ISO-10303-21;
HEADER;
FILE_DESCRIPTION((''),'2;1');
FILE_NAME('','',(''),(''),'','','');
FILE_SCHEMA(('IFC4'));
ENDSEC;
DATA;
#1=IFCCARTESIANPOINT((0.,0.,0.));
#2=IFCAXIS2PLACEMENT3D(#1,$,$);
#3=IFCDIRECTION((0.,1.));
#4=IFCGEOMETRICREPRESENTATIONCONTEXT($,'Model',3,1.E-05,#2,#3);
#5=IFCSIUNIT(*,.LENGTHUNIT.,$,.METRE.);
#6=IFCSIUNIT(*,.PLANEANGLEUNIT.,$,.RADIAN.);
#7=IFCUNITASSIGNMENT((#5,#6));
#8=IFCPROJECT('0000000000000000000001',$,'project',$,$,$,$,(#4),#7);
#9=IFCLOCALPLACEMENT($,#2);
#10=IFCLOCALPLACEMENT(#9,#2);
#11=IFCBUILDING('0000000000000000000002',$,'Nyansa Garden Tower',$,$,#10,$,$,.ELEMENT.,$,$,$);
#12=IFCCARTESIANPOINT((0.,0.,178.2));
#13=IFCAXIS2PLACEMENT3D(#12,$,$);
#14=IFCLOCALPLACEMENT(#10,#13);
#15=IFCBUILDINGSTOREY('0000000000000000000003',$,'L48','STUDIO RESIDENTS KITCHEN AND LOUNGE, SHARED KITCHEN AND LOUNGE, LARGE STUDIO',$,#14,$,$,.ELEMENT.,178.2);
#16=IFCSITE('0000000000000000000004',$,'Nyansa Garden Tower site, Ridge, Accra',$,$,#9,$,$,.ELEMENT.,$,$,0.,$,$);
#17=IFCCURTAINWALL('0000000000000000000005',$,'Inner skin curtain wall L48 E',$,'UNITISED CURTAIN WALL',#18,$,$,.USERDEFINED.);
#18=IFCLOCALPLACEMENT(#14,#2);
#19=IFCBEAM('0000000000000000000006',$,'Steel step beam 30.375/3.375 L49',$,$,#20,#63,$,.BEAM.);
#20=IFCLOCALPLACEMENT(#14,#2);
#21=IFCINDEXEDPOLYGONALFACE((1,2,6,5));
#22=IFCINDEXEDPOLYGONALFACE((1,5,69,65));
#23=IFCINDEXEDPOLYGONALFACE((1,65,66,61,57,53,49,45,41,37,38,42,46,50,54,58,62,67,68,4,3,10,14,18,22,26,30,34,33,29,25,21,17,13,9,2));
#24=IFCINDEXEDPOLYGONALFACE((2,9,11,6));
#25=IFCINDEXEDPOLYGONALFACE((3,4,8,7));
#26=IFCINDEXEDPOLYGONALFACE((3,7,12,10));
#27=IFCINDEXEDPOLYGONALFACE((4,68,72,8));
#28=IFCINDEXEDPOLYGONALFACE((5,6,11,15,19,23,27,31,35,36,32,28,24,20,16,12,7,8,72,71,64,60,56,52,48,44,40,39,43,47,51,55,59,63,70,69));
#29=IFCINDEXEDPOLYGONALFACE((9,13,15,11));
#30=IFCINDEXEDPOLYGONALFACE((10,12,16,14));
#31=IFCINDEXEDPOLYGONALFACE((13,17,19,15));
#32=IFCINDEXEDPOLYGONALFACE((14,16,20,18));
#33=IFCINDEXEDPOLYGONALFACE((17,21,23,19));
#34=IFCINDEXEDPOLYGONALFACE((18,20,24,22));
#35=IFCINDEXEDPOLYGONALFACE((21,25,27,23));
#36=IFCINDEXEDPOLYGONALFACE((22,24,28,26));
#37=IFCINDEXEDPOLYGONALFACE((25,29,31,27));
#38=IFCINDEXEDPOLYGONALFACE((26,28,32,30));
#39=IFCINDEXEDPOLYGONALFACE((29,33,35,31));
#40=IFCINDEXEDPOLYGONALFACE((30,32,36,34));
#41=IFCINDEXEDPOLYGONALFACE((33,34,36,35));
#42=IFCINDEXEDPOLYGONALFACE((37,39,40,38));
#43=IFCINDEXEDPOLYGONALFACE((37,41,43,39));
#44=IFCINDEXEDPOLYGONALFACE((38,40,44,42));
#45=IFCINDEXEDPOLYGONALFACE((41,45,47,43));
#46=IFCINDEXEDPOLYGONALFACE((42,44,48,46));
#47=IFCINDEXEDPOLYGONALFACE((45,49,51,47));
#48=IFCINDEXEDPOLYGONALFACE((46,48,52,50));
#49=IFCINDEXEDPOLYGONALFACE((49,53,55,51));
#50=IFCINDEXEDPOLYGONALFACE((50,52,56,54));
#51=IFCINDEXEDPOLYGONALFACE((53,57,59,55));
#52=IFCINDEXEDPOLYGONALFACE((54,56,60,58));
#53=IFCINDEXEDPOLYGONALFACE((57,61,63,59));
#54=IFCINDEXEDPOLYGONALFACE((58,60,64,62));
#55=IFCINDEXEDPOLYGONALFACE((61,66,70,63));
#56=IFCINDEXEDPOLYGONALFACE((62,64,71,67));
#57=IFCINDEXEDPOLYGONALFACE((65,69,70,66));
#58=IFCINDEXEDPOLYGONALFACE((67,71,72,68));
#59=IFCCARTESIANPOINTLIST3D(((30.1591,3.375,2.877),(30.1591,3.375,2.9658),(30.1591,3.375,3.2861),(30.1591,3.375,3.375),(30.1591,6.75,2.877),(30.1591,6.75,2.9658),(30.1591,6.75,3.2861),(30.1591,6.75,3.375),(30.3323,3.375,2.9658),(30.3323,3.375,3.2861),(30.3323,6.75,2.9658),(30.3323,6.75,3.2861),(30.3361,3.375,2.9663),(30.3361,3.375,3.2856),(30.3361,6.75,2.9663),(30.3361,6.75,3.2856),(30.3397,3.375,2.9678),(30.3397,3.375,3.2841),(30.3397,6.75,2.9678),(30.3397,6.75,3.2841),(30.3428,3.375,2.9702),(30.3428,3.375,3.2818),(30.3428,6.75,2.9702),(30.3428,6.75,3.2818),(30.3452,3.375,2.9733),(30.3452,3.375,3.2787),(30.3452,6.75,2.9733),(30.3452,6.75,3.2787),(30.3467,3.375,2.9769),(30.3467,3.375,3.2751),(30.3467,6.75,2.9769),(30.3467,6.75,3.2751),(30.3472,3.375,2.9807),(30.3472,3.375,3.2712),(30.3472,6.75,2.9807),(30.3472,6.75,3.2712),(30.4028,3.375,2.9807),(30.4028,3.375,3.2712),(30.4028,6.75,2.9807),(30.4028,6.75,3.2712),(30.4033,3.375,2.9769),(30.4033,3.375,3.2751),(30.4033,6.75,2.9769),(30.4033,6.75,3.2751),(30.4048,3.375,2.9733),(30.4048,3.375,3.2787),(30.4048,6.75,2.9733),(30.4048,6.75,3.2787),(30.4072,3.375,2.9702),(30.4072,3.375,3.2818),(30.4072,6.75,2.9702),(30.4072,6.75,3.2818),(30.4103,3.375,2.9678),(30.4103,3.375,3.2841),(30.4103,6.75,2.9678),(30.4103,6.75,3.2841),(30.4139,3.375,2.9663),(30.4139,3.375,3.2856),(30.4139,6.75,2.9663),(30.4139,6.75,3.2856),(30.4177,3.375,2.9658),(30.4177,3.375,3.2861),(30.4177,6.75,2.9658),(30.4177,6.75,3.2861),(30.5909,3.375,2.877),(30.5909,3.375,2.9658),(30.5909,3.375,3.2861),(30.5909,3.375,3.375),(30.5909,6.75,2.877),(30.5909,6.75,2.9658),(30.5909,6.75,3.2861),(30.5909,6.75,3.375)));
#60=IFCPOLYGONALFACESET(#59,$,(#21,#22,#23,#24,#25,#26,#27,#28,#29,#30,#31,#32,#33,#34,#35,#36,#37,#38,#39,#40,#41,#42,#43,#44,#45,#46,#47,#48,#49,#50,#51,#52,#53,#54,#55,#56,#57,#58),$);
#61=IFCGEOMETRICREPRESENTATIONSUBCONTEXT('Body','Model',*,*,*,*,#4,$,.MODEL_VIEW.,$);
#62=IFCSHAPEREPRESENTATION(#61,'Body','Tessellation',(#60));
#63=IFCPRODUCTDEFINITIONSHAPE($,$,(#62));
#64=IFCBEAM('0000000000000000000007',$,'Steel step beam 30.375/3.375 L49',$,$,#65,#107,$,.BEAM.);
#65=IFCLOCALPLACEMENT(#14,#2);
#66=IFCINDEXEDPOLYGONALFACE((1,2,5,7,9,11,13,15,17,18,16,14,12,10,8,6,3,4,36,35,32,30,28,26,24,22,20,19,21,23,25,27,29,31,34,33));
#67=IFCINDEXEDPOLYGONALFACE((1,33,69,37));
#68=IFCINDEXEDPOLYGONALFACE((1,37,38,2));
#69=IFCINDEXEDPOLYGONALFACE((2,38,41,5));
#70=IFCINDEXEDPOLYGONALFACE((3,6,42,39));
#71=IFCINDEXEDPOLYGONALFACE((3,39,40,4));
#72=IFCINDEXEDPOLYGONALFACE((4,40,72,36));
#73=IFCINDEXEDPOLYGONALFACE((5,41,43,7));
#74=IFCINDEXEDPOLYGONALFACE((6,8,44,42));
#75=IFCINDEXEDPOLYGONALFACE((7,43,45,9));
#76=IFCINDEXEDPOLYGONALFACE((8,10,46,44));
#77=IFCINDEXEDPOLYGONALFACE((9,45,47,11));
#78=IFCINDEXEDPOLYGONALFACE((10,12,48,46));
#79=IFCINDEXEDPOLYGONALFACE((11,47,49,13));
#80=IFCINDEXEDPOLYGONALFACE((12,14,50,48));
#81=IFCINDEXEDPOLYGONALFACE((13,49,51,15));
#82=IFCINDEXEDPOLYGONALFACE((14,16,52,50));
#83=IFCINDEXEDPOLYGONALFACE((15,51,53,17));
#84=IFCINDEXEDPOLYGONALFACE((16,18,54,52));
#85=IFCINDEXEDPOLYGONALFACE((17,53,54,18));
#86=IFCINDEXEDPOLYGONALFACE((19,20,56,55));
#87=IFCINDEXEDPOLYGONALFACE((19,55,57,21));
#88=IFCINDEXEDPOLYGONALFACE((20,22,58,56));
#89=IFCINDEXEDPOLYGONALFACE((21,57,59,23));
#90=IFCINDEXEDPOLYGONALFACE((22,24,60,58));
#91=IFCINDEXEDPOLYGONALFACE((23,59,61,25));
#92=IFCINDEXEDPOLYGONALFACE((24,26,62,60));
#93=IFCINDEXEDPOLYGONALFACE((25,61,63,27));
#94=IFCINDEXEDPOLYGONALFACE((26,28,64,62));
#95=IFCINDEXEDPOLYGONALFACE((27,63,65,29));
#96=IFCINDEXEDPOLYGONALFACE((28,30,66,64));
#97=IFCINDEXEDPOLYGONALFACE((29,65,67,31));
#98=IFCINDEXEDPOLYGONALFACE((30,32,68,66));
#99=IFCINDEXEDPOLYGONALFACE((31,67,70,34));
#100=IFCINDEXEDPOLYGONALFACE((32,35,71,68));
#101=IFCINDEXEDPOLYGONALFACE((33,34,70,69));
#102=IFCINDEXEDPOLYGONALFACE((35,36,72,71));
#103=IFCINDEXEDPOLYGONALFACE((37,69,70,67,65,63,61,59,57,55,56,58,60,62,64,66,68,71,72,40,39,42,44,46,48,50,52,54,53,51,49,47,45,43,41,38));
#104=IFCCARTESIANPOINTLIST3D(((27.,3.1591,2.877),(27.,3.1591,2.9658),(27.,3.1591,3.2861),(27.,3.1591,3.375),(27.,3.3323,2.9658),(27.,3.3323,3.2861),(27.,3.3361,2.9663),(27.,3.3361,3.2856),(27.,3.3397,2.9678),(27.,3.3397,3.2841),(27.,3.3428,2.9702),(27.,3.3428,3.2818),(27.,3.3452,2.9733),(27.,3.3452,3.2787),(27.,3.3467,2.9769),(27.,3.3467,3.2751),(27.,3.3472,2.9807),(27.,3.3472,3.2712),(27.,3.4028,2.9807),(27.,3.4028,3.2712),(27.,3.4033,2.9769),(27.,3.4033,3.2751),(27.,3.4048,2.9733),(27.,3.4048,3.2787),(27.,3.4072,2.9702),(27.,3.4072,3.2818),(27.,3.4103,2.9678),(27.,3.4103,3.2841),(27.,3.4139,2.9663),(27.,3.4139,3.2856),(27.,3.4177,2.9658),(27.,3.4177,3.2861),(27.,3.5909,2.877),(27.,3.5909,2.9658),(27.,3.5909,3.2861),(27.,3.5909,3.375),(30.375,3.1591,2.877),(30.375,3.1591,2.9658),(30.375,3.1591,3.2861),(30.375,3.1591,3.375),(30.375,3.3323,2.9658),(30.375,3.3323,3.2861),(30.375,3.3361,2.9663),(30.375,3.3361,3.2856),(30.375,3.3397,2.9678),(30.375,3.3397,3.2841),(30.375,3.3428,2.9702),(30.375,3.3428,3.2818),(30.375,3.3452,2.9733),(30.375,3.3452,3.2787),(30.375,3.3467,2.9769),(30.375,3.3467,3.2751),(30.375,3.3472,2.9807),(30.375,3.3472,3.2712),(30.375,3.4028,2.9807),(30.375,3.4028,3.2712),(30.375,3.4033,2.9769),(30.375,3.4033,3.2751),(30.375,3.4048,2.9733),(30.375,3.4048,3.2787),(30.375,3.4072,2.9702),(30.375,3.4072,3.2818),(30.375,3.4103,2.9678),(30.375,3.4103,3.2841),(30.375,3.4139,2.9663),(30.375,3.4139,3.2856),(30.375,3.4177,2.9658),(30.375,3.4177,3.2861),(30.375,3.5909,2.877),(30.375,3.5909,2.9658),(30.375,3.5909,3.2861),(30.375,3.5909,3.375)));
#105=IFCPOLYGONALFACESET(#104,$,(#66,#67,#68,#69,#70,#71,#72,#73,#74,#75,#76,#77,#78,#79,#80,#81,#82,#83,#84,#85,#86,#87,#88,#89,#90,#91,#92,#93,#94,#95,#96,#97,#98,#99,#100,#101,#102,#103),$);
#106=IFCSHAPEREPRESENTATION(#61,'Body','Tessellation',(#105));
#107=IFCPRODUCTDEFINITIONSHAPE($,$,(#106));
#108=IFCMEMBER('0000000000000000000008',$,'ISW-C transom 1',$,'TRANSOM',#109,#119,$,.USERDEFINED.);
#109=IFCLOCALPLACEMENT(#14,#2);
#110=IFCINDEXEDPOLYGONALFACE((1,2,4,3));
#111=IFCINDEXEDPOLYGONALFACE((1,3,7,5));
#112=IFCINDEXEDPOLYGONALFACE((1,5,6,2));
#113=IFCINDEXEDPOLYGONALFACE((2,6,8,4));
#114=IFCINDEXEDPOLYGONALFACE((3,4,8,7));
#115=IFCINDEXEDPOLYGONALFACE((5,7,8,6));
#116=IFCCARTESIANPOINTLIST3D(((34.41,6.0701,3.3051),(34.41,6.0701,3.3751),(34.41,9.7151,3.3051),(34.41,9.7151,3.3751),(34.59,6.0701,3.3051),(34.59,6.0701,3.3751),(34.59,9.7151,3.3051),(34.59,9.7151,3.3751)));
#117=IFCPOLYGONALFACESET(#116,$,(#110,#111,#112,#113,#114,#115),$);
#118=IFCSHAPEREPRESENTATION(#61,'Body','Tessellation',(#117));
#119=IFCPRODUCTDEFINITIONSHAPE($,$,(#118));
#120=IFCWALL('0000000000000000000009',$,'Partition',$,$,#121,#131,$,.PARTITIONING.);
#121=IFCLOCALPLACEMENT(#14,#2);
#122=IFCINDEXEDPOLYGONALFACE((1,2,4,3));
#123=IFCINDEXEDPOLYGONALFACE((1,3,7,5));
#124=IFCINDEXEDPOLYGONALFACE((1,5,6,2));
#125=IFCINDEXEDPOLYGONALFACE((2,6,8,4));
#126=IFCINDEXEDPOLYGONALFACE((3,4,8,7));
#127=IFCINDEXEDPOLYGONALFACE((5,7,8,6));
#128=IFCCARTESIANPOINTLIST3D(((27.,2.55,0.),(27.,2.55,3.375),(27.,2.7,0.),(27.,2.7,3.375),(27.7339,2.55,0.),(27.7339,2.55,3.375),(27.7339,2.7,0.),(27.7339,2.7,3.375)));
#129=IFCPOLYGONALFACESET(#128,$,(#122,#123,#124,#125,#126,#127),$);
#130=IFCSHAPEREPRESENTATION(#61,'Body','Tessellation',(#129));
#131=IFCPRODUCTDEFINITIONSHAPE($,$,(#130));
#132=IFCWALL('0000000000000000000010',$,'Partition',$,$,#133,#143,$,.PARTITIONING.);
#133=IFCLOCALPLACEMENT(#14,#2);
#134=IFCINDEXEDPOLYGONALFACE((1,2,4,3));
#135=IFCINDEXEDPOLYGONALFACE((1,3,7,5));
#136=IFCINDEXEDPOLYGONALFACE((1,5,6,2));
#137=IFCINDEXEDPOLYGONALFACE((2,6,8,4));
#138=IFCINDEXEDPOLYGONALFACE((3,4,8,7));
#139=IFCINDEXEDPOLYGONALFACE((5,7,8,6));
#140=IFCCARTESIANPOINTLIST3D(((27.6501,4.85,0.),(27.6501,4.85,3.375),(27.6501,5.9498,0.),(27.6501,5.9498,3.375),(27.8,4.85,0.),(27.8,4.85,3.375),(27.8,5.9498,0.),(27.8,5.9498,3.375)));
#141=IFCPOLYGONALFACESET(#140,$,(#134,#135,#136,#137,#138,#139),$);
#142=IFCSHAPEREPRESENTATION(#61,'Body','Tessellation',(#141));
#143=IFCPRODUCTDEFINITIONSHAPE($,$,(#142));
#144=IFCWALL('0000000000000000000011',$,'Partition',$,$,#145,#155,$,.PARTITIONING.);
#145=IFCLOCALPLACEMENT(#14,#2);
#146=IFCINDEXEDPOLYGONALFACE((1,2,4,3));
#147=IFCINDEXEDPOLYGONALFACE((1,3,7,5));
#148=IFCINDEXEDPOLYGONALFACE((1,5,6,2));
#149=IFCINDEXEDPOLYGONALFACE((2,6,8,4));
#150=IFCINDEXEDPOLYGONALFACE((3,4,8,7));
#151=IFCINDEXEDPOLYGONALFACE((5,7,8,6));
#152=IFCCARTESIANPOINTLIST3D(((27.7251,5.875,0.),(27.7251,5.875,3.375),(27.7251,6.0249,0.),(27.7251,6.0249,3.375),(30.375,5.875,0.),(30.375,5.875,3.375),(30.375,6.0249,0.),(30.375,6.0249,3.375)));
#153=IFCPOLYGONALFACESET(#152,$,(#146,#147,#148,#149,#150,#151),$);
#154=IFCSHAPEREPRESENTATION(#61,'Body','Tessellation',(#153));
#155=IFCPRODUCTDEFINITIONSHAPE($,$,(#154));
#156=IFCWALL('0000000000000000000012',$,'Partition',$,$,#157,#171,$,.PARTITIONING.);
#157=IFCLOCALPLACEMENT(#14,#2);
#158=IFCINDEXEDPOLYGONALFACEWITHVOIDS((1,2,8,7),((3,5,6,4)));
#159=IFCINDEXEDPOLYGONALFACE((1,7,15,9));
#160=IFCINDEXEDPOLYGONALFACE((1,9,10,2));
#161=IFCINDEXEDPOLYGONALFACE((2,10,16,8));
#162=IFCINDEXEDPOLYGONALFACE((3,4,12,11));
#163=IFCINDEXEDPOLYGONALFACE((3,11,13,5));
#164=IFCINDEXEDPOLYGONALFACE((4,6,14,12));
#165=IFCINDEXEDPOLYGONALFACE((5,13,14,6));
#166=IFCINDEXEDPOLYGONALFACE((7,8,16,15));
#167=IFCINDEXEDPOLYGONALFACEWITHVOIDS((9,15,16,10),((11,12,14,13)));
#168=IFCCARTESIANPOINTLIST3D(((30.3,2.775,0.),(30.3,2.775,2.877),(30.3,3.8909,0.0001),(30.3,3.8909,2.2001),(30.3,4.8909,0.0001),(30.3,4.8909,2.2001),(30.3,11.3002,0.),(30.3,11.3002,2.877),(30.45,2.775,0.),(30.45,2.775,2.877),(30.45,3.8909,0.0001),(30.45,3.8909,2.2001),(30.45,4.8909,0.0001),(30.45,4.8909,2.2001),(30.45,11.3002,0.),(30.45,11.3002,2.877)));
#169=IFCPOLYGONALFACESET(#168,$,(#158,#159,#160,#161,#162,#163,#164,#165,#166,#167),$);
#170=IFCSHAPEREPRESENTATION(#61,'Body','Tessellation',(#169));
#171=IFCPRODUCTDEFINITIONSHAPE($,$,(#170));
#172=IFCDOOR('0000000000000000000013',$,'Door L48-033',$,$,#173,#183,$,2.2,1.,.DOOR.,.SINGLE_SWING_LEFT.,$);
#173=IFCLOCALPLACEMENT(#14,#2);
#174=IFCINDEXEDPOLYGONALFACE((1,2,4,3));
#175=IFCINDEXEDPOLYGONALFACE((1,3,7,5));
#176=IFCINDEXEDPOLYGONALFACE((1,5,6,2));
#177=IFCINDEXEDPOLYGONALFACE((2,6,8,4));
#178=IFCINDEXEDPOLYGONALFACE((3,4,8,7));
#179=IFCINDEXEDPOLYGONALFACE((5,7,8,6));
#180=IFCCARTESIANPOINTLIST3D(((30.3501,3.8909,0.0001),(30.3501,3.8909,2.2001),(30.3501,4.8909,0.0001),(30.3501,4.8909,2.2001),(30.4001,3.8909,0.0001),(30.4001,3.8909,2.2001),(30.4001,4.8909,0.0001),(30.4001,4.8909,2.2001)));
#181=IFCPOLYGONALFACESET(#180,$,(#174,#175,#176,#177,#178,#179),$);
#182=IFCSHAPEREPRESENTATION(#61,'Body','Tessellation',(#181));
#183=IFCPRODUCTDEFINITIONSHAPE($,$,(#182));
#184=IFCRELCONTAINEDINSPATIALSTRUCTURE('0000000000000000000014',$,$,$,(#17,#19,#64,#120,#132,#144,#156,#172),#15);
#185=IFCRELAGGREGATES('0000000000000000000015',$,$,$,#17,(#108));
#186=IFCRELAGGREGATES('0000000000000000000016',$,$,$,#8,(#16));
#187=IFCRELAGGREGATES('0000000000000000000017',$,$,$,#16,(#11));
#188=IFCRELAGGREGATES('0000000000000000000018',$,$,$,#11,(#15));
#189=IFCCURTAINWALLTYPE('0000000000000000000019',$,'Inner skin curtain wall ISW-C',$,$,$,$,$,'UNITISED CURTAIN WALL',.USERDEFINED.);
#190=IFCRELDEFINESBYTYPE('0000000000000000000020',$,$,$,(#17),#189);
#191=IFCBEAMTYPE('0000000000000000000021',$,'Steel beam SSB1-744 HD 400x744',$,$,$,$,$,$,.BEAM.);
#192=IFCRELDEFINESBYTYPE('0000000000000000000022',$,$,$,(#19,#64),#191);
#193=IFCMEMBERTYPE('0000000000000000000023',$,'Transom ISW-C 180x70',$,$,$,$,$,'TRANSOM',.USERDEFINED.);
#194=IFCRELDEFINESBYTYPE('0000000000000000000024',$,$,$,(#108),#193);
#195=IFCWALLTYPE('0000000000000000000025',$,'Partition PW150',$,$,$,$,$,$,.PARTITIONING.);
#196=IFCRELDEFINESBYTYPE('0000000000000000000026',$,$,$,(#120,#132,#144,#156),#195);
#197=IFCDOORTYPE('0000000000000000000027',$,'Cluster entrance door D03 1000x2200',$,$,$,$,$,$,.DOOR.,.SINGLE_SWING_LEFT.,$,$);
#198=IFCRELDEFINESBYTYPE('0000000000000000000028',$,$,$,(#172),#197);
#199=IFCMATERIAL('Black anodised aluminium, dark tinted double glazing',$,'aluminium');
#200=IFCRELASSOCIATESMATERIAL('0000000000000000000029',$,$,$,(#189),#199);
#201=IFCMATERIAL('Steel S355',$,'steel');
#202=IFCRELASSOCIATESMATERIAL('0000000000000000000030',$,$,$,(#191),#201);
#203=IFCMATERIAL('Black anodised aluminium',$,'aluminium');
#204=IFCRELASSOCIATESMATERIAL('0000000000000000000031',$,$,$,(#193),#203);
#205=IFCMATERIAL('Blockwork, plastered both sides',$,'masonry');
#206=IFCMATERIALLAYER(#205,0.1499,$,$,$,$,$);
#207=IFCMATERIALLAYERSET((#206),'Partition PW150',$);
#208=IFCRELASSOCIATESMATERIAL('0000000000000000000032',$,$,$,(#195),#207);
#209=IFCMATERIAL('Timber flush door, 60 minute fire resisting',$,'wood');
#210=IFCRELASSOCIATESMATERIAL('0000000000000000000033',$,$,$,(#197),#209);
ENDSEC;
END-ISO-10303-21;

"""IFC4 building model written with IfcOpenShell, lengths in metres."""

from ifc_helpers import new_model, si_unit, direction, frame, frame_2d, origin, origin_2d, place, context, subcontext, project, spatial, rectangle, i_section, extrude, material, layer, layer_set, material_profile, profile_set, type_object, element, fill, aggregate, save


model = new_model("IFC4")

# Units and contexts
model_context = context("Model", 3, precision=1e-05, world=origin(), true_north=direction((0.0, 1.0)))
body_context = subcontext(model_context, "Body", "Model", "MODEL_VIEW")
ifc_project = project(units=[si_unit("LENGTHUNIT", "METRE"), si_unit("PLANEANGLEUNIT", "RADIAN")], contexts=[model_context])

# Site, building, storey
site_placement = place(None, origin())
site = spatial("IfcSite", under=ifc_project, at=site_placement, Name="Nyansa Garden Tower site, Ridge, Accra", CompositionType="ELEMENT", RefElevation=0.0)
building_placement = place(site_placement, origin())
building = spatial("IfcBuilding", under=site, at=building_placement, Name="Nyansa Garden Tower", CompositionType="ELEMENT")
storey_placement = place(building_placement, frame((0.0, 0.0, 178.2)))
storey = spatial("IfcBuildingStorey", under=building, at=storey_placement, Name="L48", Description="STUDIO RESIDENTS KITCHEN AND LOUNGE, SHARED KITCHEN AND LOUNGE, LARGE STUDIO", CompositionType="ELEMENT", Elevation=178.2)

# Curtain wall
ifc_material_1 = material(Name="Black anodised aluminium, dark tinted double glazing", Category="aluminium")
curtain_wall_type = type_object("IfcCurtainWallType", Name="Inner skin curtain wall ISW-C", ElementType="UNITISED CURTAIN WALL", PredefinedType="USERDEFINED", material=ifc_material_1)
curtain_wall_1_placement = place(storey_placement, origin())
curtain_wall_1 = element("IfcCurtainWall", 1, at=curtain_wall_1_placement, inside=storey, type_object=curtain_wall_type, Name="Inner skin curtain wall L48 E", ObjectType="UNITISED CURTAIN WALL", PredefinedType="USERDEFINED")

# Beams
ifc_material_2 = material(Name="Steel S355", Category="steel")
ifc_material_profile_1 = material_profile(ifc_material_2, i_section(OverallWidth=0.4319, OverallDepth=0.498, WebThickness=0.0557, FlangeThickness=0.0889, FilletRadius=0.0149, at=origin_2d()), Name="HD 400x744")
ifc_profile_set_1 = profile_set([ifc_material_profile_1], Name="Steel S355")
beam_type_1 = type_object("IfcBeamType", Name="Steel beam SSB1-744 HD 400x744", PredefinedType="BEAM", material=ifc_profile_set_1)
for number, where, z_axis, x_axis, name in (
    (2, (30.375, 3.375, 3.126), (0.0, 1.0, 0.0), (-1.0, 0.0, 0.0), "Steel step beam 30.375/3.375 L49"),
    (3, (30.375, 3.375, 3.126), (-1.0, 0.0, 0.0), (0.0, -1.0, 0.0), "Steel step beam 30.375/3.375 L49"),
):
    element("IfcBeam", number, at=place(storey_placement, frame(where, z_axis=z_axis, x_axis=x_axis)), inside=storey, type_object=beam_type_1, Name=name, PredefinedType="BEAM", context=body_context, shape_type="SweptSolid", body=[
        extrude(i_section(OverallWidth=0.4319, OverallDepth=0.498, WebThickness=0.0557, FlangeThickness=0.0889, FilletRadius=0.0149, at=origin_2d()), origin(), (0.0, 0.0, 1.0), 3.375),
    ])

# Member
ifc_material_3 = material(Name="Black anodised aluminium", Category="aluminium")
ifc_material_profile_2 = material_profile(ifc_material_3, rectangle(XDim=0.1799, YDim=0.0701, at=origin_2d()), Name="Transom 180x70")
ifc_profile_set_2 = profile_set([ifc_material_profile_2], Name="Black anodised aluminium")
member_type_1 = type_object("IfcMemberType", Name="Transom ISW-C 180x70", ElementType="TRANSOM", PredefinedType="USERDEFINED", material=ifc_profile_set_2)
member_1_placement = place(storey_placement, frame((34.5, 6.0701, 3.3401), z_axis=(0.0, 1.0, 0.0), x_axis=(-1.0, 0.0, 0.0)))
member_1 = element("IfcMember", 4, at=member_1_placement, type_object=member_type_1, Name="ISW-C transom 1", ObjectType="TRANSOM", PredefinedType="USERDEFINED", context=body_context, shape_type="SweptSolid", body=[
    extrude(rectangle(XDim=0.1799, YDim=0.0701, at=origin_2d()), origin(), (0.0, 0.0, 1.0), 3.645),
])
aggregate(curtain_wall_1, [member_1])

# Walls
ifc_material_4 = material(Name="Blockwork, plastered both sides", Category="masonry")
ifc_layer_1 = layer(ifc_material_4, 0.1499)
ifc_layer_set_1 = layer_set([ifc_layer_1], Name="Partition PW150")
wall_type_1 = type_object("IfcWallType", Name="Partition PW150", PredefinedType="PARTITIONING", material=ifc_layer_set_1)
wall_1_placement = place(storey_placement, frame((27.0, 2.625, 0.0), z_axis=(0.0, 0.0, 1.0), x_axis=(1.0, 0.0, 0.0)))
element("IfcWall", 5, at=wall_1_placement, inside=storey, type_object=wall_type_1, Name="Partition", PredefinedType="PARTITIONING", context=body_context, shape_type="SweptSolid", body=[
    extrude(rectangle(XDim=0.7339, YDim=0.1499, at=frame_2d((0.3669, 0.0))), origin(), (0.0, 0.0, 1.0), 3.375),
])
wall_2_placement = place(storey_placement, frame((27.7251, 4.8501, 0.0), z_axis=(0.0, 0.0, 1.0), x_axis=(0.0, 1.0, 0.0)))
element("IfcWall", 6, at=wall_2_placement, inside=storey, type_object=wall_type_1, Name="Partition", PredefinedType="PARTITIONING", context=body_context, shape_type="SweptSolid", body=[
    extrude(rectangle(XDim=1.0999, YDim=0.1499, at=frame_2d((0.5498, 0.0))), origin(), (0.0, 0.0, 1.0), 3.375),
])
wall_3_placement = place(storey_placement, frame((27.7251, 5.95, 0.0), z_axis=(0.0, 0.0, 1.0), x_axis=(1.0, 0.0, 0.0)))
element("IfcWall", 7, at=wall_3_placement, inside=storey, type_object=wall_type_1, Name="Partition", PredefinedType="PARTITIONING", context=body_context, shape_type="SweptSolid", body=[
    extrude(rectangle(XDim=2.6499, YDim=0.1499, at=frame_2d((1.325, 0.0))), origin(), (0.0, 0.0, 1.0), 3.375),
])

# Wall, opening, door
wall_4_placement = place(storey_placement, frame((30.375, 2.7749, 0.0), z_axis=(0.0, 0.0, 1.0), x_axis=(0.0, 1.0, 0.0)))
wall_4 = element("IfcWall", 8, at=wall_4_placement, inside=storey, type_object=wall_type_1, Name="Partition", PredefinedType="PARTITIONING", context=body_context, shape_type="SweptSolid", body=[
    extrude(rectangle(XDim=8.5251, YDim=0.1499, at=frame_2d((4.2627, 0.0))), origin(), (0.0, 0.0, 1.0), 2.877),
])
opening_1_placement = place(wall_4_placement, frame((1.116, 0.0, 0.0)))
opening_1 = element("IfcOpeningElement", 9, at=opening_1_placement, cuts=wall_4, PredefinedType="OPENING", context=body_context, shape_type="SweptSolid", body=[
    extrude(rectangle(XDim=1.0, YDim=2.2, at=frame_2d((0.5, 1.1001))), frame((0.0, 0.085, 0.0), z_axis=(0.0, -1.0, 0.0), x_axis=(1.0, 0.0, 0.0)), (0.0, 0.0, 1.0), 0.1699),
])
ifc_material_5 = material(Name="Timber flush door, 60 minute fire resisting", Category="wood")
door_type = type_object("IfcDoorType", Name="Cluster entrance door D03 1000x2200", OperationType="SINGLE_SWING_LEFT", PredefinedType="DOOR", material=ifc_material_5)
door_placement = place(opening_1_placement, origin())
door = element("IfcDoor", 10, at=door_placement, inside=storey, type_object=door_type, Name="Door L48-033", OperationType="SINGLE_SWING_LEFT", OverallHeight=2.2, OverallWidth=1.0, PredefinedType="DOOR", context=body_context, shape_type="SweptSolid", body=[
    extrude(rectangle(XDim=1.0, YDim=2.2, at=frame_2d((0.5, 1.1001))), frame((0.0, 0.0249, 0.0), z_axis=(0.0, -1.0, 0.0), x_axis=(1.0, 0.0, 0.0)), (0.0, 0.0, 1.0), 0.05),
])
fill(opening_1, door)

save(model, "model.ifc")
